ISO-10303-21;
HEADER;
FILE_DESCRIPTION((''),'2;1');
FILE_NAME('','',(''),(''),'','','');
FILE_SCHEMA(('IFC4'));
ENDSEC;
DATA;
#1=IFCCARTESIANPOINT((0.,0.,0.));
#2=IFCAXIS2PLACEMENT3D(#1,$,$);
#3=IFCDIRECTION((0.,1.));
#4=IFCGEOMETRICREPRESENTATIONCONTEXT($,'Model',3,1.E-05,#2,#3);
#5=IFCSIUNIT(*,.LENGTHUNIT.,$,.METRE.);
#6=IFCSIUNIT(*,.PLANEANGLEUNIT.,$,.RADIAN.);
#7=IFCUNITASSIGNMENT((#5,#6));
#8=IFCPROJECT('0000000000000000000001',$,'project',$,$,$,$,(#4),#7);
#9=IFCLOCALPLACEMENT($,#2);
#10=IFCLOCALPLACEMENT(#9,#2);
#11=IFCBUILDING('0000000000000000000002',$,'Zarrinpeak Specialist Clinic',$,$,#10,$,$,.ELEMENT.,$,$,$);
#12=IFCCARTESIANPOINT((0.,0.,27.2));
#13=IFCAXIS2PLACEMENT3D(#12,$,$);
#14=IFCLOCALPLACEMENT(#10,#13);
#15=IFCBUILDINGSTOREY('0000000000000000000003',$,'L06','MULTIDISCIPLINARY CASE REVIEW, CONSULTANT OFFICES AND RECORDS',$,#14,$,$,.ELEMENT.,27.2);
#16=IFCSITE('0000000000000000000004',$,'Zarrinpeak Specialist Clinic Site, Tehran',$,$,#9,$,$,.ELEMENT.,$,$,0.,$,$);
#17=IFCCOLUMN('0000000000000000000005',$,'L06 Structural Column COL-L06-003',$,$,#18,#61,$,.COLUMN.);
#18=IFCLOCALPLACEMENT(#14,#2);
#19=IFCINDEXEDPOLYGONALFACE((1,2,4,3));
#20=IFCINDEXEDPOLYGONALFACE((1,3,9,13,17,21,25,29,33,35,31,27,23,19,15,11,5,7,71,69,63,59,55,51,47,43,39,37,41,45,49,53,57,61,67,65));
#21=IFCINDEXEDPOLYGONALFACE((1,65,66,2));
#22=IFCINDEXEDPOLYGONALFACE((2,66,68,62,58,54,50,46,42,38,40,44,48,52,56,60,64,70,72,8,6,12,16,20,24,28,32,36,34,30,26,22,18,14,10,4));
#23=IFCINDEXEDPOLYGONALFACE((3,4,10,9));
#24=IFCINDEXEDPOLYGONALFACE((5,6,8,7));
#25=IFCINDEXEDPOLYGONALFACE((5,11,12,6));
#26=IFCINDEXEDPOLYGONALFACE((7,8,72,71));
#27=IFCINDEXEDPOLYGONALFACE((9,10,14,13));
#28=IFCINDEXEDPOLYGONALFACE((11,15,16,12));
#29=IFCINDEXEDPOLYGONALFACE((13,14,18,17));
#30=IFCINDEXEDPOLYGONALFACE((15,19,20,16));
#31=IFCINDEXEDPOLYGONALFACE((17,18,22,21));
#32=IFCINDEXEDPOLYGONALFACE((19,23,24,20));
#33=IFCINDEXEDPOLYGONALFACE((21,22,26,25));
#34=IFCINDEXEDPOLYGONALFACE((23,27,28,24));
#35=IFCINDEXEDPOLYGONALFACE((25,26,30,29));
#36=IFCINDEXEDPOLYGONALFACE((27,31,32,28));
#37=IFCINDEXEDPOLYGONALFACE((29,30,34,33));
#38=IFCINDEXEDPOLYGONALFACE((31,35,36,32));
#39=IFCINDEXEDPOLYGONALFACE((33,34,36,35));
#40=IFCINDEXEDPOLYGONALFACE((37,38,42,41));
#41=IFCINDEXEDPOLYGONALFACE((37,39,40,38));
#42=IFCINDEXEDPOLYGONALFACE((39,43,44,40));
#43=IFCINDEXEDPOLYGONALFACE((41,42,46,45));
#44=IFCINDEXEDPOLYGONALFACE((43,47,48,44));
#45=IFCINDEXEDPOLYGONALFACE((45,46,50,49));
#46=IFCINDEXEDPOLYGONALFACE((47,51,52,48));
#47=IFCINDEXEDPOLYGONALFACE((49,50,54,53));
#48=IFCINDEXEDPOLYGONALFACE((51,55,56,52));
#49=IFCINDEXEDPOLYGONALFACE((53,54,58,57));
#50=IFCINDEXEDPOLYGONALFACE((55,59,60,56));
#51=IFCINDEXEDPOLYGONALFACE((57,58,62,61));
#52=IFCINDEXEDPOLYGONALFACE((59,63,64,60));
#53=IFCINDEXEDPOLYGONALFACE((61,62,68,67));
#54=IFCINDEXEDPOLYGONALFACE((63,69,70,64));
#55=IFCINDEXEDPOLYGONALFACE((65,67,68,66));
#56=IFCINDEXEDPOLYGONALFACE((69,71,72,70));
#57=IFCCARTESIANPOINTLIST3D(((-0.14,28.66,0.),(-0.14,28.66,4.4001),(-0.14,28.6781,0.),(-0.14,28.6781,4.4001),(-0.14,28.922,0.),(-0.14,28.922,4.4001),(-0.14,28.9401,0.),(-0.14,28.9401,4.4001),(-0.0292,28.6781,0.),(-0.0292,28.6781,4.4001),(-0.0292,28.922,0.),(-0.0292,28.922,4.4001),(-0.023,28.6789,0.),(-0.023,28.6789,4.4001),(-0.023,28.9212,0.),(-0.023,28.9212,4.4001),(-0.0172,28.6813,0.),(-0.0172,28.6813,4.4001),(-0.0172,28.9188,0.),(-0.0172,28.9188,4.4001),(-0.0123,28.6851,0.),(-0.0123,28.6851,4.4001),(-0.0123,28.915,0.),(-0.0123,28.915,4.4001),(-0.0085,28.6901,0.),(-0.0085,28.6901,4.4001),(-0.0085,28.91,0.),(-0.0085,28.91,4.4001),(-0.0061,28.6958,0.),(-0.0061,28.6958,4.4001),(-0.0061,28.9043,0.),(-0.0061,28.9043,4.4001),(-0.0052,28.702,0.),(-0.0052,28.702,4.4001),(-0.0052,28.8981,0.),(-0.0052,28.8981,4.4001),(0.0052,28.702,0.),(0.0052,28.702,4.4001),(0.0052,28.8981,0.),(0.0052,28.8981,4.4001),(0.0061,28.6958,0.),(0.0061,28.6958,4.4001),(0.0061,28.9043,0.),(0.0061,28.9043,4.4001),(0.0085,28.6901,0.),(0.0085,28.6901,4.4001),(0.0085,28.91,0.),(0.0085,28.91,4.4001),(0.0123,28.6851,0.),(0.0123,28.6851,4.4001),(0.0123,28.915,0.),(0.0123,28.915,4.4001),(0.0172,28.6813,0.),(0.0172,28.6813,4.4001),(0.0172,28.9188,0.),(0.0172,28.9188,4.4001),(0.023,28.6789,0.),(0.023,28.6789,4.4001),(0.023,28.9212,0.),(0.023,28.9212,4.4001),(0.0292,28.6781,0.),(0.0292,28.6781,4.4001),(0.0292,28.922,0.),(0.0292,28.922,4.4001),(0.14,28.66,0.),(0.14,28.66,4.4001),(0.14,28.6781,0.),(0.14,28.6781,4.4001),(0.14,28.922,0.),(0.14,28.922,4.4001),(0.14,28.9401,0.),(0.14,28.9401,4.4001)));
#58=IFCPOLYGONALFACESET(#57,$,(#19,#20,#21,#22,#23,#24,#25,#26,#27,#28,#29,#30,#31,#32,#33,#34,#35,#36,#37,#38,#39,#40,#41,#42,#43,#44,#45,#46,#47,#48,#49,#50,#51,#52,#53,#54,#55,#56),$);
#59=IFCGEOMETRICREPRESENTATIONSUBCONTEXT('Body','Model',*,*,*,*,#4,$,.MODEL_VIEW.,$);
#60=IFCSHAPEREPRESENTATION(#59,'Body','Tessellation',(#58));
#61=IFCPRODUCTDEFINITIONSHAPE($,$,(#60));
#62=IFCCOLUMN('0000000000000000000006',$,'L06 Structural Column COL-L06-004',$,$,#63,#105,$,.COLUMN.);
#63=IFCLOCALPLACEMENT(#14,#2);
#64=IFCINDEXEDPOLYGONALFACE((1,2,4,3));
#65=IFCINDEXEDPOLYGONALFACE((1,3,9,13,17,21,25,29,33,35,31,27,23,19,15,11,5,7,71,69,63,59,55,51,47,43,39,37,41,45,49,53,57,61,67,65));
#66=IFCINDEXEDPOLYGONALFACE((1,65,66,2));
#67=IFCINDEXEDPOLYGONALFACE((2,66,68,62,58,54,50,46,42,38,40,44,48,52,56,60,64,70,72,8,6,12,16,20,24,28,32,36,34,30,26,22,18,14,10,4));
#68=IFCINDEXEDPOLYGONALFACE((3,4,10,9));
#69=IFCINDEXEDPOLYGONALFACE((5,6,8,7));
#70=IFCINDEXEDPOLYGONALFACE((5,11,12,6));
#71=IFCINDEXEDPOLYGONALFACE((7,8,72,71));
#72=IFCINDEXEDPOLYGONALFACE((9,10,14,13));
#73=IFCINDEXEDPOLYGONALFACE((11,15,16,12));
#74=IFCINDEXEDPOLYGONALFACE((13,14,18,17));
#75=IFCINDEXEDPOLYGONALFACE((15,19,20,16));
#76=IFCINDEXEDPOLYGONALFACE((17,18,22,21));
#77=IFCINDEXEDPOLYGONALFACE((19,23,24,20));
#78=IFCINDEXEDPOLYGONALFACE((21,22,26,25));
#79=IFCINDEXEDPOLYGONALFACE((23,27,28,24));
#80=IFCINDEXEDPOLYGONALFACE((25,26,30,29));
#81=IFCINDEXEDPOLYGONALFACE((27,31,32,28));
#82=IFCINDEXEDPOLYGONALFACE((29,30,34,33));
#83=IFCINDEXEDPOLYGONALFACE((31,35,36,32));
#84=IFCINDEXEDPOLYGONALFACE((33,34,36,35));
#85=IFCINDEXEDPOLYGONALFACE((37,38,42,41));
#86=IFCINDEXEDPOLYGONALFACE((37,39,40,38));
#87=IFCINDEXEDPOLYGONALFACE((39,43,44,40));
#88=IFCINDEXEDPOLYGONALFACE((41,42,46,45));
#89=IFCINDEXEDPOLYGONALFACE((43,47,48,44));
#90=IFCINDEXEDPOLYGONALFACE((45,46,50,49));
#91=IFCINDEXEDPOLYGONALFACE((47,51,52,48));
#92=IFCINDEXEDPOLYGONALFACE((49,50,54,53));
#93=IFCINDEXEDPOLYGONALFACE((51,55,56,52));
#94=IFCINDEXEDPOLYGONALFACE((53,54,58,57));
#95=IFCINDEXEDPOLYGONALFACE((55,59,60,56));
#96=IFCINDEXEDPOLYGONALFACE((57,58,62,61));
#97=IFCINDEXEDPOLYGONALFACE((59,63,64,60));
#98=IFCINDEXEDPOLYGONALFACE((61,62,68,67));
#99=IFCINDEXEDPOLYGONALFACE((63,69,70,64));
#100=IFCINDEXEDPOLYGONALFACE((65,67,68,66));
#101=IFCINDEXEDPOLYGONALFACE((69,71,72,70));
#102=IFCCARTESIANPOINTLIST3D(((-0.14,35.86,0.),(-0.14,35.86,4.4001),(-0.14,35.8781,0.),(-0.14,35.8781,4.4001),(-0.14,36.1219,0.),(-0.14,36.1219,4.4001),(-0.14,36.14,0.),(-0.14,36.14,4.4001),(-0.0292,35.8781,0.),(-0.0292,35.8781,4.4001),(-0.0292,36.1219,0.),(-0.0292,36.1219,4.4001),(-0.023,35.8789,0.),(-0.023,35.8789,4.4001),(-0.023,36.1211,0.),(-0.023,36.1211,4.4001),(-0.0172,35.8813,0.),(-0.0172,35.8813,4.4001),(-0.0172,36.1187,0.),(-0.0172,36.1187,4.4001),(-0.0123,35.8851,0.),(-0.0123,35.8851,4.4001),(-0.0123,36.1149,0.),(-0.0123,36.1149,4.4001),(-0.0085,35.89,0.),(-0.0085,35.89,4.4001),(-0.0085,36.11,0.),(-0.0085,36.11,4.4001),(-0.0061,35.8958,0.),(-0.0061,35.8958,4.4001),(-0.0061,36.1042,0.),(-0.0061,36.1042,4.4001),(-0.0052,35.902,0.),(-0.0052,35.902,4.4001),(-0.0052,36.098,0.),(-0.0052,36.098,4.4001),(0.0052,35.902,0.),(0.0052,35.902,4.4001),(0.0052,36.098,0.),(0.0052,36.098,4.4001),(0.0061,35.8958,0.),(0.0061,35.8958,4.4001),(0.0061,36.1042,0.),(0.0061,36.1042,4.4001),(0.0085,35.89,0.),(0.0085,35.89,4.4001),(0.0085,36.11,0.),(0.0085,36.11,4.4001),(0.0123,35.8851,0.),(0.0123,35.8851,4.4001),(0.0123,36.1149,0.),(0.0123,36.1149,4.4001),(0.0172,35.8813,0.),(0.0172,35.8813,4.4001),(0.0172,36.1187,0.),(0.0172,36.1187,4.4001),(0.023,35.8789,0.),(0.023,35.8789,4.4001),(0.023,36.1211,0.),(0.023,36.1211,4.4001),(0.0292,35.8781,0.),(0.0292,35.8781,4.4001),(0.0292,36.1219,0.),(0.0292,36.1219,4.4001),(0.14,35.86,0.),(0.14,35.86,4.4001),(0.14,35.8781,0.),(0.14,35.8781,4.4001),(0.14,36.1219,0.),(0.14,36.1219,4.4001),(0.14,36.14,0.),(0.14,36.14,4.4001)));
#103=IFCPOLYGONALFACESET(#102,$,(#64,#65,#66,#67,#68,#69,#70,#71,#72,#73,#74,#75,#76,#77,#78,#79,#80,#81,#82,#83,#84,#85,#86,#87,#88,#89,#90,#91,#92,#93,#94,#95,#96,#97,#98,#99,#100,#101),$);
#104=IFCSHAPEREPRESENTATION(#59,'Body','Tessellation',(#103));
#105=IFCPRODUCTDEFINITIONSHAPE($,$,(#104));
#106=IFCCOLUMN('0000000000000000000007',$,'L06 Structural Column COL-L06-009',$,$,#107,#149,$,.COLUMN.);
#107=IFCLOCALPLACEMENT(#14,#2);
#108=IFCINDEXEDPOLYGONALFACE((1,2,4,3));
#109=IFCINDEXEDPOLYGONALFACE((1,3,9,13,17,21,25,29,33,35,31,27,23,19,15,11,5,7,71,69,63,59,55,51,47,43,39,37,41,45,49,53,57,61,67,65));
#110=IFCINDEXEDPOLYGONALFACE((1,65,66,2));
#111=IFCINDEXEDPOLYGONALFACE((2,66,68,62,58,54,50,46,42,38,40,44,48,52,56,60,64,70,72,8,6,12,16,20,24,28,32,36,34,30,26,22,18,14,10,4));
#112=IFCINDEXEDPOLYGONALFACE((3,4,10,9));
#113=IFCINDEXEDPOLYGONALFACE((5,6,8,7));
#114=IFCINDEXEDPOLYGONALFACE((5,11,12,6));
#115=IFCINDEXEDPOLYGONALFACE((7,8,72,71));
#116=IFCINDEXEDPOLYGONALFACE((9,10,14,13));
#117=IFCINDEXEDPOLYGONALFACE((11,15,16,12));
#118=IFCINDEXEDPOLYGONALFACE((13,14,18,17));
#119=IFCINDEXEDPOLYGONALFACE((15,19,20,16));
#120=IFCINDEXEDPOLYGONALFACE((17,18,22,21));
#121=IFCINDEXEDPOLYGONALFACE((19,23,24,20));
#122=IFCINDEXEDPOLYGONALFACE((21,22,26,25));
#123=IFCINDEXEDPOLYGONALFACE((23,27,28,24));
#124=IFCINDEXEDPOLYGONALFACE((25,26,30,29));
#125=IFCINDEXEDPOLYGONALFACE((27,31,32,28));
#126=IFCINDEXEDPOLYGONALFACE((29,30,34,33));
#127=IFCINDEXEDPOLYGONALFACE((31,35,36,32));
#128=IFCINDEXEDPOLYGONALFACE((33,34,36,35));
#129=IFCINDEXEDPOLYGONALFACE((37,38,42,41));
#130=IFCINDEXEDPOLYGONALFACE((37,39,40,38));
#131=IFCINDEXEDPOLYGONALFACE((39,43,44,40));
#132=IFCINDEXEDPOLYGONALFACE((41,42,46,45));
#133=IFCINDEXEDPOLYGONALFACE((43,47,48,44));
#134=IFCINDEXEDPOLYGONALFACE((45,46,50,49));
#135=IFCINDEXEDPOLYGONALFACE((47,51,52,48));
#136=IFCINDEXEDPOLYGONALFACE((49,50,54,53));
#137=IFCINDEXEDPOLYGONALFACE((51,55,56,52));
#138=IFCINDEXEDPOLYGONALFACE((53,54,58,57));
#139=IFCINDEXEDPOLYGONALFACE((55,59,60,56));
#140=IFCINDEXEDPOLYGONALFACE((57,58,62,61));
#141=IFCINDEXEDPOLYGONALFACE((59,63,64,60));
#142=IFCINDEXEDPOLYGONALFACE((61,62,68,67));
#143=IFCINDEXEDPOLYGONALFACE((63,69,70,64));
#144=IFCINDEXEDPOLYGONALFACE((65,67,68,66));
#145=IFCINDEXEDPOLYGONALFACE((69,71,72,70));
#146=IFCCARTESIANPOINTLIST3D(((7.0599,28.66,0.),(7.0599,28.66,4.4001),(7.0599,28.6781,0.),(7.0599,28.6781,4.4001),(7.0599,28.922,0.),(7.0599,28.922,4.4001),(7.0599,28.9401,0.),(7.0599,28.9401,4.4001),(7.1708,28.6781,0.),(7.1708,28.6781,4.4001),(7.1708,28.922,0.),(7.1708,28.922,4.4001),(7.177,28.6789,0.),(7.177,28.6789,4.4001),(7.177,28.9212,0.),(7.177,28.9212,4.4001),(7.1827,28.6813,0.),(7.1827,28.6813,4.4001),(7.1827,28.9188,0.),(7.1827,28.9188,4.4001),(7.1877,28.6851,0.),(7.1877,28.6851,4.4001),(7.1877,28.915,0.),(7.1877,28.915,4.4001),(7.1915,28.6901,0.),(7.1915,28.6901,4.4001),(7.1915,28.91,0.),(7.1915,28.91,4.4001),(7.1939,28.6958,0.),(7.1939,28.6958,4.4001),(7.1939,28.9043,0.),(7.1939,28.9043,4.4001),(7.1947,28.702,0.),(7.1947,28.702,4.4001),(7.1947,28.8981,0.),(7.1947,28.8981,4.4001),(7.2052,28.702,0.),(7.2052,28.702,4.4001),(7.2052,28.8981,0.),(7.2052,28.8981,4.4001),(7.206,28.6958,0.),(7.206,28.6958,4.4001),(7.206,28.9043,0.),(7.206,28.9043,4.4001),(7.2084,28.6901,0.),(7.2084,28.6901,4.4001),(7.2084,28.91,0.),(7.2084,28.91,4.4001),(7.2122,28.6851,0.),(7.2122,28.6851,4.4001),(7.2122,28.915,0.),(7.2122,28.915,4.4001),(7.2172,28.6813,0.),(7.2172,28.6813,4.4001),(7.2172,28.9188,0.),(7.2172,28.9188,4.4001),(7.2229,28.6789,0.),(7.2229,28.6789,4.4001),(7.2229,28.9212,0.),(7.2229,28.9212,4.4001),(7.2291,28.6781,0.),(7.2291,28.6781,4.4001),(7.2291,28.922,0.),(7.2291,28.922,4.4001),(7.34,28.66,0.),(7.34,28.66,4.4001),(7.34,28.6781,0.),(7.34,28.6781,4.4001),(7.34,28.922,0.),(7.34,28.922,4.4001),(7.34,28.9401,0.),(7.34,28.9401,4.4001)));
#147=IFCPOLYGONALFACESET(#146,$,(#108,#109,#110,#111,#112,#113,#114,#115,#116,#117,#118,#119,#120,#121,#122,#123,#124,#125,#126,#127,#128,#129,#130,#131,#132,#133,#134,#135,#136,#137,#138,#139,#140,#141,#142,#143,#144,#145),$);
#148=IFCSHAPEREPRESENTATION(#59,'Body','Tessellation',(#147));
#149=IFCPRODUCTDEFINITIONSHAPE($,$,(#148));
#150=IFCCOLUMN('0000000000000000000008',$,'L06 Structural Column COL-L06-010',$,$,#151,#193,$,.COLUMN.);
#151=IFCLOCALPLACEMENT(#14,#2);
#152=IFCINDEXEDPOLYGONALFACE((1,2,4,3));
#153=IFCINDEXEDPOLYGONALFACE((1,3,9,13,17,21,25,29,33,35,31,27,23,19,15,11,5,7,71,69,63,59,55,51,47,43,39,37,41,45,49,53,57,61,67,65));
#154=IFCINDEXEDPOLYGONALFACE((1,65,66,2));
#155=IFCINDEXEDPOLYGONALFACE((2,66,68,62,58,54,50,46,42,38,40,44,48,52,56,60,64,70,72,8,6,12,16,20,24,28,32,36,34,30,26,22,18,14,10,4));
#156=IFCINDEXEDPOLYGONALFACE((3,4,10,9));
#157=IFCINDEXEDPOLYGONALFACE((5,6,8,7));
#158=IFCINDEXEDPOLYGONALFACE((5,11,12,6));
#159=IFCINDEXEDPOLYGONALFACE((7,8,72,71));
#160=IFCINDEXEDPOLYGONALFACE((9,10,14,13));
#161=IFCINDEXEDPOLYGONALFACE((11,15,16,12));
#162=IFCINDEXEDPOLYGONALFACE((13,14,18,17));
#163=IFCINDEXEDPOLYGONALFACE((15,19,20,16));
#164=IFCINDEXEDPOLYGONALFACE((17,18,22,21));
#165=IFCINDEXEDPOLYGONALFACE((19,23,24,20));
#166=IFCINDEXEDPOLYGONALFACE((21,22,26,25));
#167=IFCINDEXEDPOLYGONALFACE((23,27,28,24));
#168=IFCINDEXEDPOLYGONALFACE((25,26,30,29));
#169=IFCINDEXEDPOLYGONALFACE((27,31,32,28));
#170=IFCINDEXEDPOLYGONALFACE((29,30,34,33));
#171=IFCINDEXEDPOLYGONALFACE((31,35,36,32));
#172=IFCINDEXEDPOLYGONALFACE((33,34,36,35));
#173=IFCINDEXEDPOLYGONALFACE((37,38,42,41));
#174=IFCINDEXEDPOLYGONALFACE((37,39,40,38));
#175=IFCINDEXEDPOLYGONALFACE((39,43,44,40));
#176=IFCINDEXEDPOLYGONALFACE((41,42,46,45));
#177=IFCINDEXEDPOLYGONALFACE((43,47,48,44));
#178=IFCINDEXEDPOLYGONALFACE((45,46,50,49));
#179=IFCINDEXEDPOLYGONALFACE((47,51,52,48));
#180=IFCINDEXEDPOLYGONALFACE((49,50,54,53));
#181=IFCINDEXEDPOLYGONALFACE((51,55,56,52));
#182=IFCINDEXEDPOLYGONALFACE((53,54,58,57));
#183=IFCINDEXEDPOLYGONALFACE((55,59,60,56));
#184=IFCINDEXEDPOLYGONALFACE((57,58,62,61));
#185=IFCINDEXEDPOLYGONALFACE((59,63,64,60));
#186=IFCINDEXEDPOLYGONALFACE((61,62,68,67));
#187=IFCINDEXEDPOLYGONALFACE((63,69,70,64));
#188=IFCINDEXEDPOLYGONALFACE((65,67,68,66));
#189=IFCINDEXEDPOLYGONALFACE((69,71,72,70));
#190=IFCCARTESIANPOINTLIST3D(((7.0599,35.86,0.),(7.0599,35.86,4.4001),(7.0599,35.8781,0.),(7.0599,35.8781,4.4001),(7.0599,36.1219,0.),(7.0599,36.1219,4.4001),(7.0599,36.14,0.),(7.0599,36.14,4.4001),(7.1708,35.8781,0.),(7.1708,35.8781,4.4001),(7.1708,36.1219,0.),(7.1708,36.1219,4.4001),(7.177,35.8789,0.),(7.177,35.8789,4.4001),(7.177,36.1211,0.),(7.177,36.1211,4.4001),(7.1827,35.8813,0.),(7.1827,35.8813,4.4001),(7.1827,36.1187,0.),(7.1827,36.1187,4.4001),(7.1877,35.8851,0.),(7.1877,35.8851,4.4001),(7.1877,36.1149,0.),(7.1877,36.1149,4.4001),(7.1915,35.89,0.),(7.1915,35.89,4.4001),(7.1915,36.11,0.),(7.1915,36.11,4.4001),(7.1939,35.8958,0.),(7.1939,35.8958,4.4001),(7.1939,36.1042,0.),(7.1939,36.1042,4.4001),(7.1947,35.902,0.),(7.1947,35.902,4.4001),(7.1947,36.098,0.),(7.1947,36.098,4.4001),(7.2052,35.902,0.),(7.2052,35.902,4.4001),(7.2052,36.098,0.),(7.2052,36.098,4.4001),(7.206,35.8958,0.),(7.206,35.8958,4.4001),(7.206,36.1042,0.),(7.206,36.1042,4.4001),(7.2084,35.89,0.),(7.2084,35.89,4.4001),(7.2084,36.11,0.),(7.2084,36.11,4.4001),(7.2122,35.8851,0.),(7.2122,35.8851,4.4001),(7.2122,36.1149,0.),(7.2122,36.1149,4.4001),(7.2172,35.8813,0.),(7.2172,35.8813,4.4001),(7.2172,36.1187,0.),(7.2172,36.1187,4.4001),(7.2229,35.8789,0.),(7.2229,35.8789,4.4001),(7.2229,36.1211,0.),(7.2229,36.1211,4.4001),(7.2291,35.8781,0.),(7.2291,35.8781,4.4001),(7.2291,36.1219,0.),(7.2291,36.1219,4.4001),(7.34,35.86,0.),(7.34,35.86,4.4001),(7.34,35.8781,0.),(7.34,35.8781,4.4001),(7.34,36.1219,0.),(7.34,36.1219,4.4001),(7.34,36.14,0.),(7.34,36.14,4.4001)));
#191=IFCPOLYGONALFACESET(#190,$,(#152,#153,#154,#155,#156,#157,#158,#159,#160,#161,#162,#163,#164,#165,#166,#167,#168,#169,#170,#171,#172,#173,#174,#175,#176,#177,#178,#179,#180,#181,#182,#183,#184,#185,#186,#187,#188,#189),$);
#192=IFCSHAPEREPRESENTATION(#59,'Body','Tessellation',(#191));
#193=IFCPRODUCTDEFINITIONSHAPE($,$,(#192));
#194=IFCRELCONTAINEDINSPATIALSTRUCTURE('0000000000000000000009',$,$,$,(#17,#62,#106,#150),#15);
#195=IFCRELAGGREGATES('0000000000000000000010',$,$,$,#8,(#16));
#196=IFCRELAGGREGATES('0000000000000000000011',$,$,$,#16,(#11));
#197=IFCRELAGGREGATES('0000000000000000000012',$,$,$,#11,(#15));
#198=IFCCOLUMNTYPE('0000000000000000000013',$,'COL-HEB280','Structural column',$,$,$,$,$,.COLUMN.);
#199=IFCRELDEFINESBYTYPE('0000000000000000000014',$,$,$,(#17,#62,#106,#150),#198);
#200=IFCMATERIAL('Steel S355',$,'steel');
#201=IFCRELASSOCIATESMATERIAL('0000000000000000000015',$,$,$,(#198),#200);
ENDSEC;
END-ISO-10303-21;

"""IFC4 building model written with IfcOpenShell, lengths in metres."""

from ifc_helpers import new_model, si_unit, direction, frame, origin, origin_2d, place, context, subcontext, project, spatial, i_section, extrude, material, material_profile, profile_set, type_object, element, save


model = new_model("IFC4")

# Units and contexts
model_context = context("Model", 3, precision=1e-05, world=origin(), true_north=direction((0.0, 1.0)))
body_context = subcontext(model_context, "Body", "Model", "MODEL_VIEW")
ifc_project = project(units=[si_unit("LENGTHUNIT", "METRE"), si_unit("PLANEANGLEUNIT", "RADIAN")], contexts=[model_context])

# Site, building, storey
site_placement = place(None, origin())
site = spatial("IfcSite", under=ifc_project, at=site_placement, Name="Zarrinpeak Specialist Clinic Site, Tehran", CompositionType="ELEMENT", RefElevation=0.0)
building_placement = place(site_placement, origin())
building = spatial("IfcBuilding", under=site, at=building_placement, Name="Zarrinpeak Specialist Clinic", CompositionType="ELEMENT")
storey_placement = place(building_placement, frame((0.0, 0.0, 27.2)))
storey = spatial("IfcBuildingStorey", under=building, at=storey_placement, Name="L06", Description="MULTIDISCIPLINARY CASE REVIEW, CONSULTANT OFFICES AND RECORDS", CompositionType="ELEMENT", Elevation=27.2)

# Columns
ifc_material_1 = material(Name="Steel S355", Category="steel")
ifc_material_profile_1 = material_profile(ifc_material_1, i_section(OverallWidth=0.28, OverallDepth=0.28, WebThickness=0.0105, FlangeThickness=0.0181, FilletRadius=0.0239, at=origin_2d()), Name="HEB 280")
ifc_profile_set_1 = profile_set([ifc_material_profile_1], Name="Steel S355")
column_type = type_object("IfcColumnType", Name="COL-HEB280", Description="Structural column", PredefinedType="COLUMN", material=ifc_profile_set_1)
for number, where, z_axis, x_axis, name in (
    (1, (0.0, 28.8, 0.0), (0.0, 0.0, 1.0), (1.0, 0.0, 0.0), "L06 Structural Column COL-L06-003"),
    (2, (0.0, 36.0, 0.0), (0.0, 0.0, 1.0), (1.0, 0.0, 0.0), "L06 Structural Column COL-L06-004"),
    (3, (7.2, 28.8, 0.0), (0.0, 0.0, 1.0), (1.0, 0.0, 0.0), "L06 Structural Column COL-L06-009"),
    (4, (7.2, 36.0, 0.0), (0.0, 0.0, 1.0), (1.0, 0.0, 0.0), "L06 Structural Column COL-L06-010"),
):
    element("IfcColumn", number, at=place(storey_placement, frame(where, z_axis=z_axis, x_axis=x_axis)), inside=storey, type_object=column_type, Name=name, PredefinedType="COLUMN", context=body_context, shape_type="SweptSolid", body=[
        extrude(i_section(OverallWidth=0.28, OverallDepth=0.28, WebThickness=0.0105, FlangeThickness=0.0181, FilletRadius=0.0239, at=origin_2d()), origin(), (0.0, 0.0, 1.0), 4.4001),
    ])

save(model, "model.ifc")
